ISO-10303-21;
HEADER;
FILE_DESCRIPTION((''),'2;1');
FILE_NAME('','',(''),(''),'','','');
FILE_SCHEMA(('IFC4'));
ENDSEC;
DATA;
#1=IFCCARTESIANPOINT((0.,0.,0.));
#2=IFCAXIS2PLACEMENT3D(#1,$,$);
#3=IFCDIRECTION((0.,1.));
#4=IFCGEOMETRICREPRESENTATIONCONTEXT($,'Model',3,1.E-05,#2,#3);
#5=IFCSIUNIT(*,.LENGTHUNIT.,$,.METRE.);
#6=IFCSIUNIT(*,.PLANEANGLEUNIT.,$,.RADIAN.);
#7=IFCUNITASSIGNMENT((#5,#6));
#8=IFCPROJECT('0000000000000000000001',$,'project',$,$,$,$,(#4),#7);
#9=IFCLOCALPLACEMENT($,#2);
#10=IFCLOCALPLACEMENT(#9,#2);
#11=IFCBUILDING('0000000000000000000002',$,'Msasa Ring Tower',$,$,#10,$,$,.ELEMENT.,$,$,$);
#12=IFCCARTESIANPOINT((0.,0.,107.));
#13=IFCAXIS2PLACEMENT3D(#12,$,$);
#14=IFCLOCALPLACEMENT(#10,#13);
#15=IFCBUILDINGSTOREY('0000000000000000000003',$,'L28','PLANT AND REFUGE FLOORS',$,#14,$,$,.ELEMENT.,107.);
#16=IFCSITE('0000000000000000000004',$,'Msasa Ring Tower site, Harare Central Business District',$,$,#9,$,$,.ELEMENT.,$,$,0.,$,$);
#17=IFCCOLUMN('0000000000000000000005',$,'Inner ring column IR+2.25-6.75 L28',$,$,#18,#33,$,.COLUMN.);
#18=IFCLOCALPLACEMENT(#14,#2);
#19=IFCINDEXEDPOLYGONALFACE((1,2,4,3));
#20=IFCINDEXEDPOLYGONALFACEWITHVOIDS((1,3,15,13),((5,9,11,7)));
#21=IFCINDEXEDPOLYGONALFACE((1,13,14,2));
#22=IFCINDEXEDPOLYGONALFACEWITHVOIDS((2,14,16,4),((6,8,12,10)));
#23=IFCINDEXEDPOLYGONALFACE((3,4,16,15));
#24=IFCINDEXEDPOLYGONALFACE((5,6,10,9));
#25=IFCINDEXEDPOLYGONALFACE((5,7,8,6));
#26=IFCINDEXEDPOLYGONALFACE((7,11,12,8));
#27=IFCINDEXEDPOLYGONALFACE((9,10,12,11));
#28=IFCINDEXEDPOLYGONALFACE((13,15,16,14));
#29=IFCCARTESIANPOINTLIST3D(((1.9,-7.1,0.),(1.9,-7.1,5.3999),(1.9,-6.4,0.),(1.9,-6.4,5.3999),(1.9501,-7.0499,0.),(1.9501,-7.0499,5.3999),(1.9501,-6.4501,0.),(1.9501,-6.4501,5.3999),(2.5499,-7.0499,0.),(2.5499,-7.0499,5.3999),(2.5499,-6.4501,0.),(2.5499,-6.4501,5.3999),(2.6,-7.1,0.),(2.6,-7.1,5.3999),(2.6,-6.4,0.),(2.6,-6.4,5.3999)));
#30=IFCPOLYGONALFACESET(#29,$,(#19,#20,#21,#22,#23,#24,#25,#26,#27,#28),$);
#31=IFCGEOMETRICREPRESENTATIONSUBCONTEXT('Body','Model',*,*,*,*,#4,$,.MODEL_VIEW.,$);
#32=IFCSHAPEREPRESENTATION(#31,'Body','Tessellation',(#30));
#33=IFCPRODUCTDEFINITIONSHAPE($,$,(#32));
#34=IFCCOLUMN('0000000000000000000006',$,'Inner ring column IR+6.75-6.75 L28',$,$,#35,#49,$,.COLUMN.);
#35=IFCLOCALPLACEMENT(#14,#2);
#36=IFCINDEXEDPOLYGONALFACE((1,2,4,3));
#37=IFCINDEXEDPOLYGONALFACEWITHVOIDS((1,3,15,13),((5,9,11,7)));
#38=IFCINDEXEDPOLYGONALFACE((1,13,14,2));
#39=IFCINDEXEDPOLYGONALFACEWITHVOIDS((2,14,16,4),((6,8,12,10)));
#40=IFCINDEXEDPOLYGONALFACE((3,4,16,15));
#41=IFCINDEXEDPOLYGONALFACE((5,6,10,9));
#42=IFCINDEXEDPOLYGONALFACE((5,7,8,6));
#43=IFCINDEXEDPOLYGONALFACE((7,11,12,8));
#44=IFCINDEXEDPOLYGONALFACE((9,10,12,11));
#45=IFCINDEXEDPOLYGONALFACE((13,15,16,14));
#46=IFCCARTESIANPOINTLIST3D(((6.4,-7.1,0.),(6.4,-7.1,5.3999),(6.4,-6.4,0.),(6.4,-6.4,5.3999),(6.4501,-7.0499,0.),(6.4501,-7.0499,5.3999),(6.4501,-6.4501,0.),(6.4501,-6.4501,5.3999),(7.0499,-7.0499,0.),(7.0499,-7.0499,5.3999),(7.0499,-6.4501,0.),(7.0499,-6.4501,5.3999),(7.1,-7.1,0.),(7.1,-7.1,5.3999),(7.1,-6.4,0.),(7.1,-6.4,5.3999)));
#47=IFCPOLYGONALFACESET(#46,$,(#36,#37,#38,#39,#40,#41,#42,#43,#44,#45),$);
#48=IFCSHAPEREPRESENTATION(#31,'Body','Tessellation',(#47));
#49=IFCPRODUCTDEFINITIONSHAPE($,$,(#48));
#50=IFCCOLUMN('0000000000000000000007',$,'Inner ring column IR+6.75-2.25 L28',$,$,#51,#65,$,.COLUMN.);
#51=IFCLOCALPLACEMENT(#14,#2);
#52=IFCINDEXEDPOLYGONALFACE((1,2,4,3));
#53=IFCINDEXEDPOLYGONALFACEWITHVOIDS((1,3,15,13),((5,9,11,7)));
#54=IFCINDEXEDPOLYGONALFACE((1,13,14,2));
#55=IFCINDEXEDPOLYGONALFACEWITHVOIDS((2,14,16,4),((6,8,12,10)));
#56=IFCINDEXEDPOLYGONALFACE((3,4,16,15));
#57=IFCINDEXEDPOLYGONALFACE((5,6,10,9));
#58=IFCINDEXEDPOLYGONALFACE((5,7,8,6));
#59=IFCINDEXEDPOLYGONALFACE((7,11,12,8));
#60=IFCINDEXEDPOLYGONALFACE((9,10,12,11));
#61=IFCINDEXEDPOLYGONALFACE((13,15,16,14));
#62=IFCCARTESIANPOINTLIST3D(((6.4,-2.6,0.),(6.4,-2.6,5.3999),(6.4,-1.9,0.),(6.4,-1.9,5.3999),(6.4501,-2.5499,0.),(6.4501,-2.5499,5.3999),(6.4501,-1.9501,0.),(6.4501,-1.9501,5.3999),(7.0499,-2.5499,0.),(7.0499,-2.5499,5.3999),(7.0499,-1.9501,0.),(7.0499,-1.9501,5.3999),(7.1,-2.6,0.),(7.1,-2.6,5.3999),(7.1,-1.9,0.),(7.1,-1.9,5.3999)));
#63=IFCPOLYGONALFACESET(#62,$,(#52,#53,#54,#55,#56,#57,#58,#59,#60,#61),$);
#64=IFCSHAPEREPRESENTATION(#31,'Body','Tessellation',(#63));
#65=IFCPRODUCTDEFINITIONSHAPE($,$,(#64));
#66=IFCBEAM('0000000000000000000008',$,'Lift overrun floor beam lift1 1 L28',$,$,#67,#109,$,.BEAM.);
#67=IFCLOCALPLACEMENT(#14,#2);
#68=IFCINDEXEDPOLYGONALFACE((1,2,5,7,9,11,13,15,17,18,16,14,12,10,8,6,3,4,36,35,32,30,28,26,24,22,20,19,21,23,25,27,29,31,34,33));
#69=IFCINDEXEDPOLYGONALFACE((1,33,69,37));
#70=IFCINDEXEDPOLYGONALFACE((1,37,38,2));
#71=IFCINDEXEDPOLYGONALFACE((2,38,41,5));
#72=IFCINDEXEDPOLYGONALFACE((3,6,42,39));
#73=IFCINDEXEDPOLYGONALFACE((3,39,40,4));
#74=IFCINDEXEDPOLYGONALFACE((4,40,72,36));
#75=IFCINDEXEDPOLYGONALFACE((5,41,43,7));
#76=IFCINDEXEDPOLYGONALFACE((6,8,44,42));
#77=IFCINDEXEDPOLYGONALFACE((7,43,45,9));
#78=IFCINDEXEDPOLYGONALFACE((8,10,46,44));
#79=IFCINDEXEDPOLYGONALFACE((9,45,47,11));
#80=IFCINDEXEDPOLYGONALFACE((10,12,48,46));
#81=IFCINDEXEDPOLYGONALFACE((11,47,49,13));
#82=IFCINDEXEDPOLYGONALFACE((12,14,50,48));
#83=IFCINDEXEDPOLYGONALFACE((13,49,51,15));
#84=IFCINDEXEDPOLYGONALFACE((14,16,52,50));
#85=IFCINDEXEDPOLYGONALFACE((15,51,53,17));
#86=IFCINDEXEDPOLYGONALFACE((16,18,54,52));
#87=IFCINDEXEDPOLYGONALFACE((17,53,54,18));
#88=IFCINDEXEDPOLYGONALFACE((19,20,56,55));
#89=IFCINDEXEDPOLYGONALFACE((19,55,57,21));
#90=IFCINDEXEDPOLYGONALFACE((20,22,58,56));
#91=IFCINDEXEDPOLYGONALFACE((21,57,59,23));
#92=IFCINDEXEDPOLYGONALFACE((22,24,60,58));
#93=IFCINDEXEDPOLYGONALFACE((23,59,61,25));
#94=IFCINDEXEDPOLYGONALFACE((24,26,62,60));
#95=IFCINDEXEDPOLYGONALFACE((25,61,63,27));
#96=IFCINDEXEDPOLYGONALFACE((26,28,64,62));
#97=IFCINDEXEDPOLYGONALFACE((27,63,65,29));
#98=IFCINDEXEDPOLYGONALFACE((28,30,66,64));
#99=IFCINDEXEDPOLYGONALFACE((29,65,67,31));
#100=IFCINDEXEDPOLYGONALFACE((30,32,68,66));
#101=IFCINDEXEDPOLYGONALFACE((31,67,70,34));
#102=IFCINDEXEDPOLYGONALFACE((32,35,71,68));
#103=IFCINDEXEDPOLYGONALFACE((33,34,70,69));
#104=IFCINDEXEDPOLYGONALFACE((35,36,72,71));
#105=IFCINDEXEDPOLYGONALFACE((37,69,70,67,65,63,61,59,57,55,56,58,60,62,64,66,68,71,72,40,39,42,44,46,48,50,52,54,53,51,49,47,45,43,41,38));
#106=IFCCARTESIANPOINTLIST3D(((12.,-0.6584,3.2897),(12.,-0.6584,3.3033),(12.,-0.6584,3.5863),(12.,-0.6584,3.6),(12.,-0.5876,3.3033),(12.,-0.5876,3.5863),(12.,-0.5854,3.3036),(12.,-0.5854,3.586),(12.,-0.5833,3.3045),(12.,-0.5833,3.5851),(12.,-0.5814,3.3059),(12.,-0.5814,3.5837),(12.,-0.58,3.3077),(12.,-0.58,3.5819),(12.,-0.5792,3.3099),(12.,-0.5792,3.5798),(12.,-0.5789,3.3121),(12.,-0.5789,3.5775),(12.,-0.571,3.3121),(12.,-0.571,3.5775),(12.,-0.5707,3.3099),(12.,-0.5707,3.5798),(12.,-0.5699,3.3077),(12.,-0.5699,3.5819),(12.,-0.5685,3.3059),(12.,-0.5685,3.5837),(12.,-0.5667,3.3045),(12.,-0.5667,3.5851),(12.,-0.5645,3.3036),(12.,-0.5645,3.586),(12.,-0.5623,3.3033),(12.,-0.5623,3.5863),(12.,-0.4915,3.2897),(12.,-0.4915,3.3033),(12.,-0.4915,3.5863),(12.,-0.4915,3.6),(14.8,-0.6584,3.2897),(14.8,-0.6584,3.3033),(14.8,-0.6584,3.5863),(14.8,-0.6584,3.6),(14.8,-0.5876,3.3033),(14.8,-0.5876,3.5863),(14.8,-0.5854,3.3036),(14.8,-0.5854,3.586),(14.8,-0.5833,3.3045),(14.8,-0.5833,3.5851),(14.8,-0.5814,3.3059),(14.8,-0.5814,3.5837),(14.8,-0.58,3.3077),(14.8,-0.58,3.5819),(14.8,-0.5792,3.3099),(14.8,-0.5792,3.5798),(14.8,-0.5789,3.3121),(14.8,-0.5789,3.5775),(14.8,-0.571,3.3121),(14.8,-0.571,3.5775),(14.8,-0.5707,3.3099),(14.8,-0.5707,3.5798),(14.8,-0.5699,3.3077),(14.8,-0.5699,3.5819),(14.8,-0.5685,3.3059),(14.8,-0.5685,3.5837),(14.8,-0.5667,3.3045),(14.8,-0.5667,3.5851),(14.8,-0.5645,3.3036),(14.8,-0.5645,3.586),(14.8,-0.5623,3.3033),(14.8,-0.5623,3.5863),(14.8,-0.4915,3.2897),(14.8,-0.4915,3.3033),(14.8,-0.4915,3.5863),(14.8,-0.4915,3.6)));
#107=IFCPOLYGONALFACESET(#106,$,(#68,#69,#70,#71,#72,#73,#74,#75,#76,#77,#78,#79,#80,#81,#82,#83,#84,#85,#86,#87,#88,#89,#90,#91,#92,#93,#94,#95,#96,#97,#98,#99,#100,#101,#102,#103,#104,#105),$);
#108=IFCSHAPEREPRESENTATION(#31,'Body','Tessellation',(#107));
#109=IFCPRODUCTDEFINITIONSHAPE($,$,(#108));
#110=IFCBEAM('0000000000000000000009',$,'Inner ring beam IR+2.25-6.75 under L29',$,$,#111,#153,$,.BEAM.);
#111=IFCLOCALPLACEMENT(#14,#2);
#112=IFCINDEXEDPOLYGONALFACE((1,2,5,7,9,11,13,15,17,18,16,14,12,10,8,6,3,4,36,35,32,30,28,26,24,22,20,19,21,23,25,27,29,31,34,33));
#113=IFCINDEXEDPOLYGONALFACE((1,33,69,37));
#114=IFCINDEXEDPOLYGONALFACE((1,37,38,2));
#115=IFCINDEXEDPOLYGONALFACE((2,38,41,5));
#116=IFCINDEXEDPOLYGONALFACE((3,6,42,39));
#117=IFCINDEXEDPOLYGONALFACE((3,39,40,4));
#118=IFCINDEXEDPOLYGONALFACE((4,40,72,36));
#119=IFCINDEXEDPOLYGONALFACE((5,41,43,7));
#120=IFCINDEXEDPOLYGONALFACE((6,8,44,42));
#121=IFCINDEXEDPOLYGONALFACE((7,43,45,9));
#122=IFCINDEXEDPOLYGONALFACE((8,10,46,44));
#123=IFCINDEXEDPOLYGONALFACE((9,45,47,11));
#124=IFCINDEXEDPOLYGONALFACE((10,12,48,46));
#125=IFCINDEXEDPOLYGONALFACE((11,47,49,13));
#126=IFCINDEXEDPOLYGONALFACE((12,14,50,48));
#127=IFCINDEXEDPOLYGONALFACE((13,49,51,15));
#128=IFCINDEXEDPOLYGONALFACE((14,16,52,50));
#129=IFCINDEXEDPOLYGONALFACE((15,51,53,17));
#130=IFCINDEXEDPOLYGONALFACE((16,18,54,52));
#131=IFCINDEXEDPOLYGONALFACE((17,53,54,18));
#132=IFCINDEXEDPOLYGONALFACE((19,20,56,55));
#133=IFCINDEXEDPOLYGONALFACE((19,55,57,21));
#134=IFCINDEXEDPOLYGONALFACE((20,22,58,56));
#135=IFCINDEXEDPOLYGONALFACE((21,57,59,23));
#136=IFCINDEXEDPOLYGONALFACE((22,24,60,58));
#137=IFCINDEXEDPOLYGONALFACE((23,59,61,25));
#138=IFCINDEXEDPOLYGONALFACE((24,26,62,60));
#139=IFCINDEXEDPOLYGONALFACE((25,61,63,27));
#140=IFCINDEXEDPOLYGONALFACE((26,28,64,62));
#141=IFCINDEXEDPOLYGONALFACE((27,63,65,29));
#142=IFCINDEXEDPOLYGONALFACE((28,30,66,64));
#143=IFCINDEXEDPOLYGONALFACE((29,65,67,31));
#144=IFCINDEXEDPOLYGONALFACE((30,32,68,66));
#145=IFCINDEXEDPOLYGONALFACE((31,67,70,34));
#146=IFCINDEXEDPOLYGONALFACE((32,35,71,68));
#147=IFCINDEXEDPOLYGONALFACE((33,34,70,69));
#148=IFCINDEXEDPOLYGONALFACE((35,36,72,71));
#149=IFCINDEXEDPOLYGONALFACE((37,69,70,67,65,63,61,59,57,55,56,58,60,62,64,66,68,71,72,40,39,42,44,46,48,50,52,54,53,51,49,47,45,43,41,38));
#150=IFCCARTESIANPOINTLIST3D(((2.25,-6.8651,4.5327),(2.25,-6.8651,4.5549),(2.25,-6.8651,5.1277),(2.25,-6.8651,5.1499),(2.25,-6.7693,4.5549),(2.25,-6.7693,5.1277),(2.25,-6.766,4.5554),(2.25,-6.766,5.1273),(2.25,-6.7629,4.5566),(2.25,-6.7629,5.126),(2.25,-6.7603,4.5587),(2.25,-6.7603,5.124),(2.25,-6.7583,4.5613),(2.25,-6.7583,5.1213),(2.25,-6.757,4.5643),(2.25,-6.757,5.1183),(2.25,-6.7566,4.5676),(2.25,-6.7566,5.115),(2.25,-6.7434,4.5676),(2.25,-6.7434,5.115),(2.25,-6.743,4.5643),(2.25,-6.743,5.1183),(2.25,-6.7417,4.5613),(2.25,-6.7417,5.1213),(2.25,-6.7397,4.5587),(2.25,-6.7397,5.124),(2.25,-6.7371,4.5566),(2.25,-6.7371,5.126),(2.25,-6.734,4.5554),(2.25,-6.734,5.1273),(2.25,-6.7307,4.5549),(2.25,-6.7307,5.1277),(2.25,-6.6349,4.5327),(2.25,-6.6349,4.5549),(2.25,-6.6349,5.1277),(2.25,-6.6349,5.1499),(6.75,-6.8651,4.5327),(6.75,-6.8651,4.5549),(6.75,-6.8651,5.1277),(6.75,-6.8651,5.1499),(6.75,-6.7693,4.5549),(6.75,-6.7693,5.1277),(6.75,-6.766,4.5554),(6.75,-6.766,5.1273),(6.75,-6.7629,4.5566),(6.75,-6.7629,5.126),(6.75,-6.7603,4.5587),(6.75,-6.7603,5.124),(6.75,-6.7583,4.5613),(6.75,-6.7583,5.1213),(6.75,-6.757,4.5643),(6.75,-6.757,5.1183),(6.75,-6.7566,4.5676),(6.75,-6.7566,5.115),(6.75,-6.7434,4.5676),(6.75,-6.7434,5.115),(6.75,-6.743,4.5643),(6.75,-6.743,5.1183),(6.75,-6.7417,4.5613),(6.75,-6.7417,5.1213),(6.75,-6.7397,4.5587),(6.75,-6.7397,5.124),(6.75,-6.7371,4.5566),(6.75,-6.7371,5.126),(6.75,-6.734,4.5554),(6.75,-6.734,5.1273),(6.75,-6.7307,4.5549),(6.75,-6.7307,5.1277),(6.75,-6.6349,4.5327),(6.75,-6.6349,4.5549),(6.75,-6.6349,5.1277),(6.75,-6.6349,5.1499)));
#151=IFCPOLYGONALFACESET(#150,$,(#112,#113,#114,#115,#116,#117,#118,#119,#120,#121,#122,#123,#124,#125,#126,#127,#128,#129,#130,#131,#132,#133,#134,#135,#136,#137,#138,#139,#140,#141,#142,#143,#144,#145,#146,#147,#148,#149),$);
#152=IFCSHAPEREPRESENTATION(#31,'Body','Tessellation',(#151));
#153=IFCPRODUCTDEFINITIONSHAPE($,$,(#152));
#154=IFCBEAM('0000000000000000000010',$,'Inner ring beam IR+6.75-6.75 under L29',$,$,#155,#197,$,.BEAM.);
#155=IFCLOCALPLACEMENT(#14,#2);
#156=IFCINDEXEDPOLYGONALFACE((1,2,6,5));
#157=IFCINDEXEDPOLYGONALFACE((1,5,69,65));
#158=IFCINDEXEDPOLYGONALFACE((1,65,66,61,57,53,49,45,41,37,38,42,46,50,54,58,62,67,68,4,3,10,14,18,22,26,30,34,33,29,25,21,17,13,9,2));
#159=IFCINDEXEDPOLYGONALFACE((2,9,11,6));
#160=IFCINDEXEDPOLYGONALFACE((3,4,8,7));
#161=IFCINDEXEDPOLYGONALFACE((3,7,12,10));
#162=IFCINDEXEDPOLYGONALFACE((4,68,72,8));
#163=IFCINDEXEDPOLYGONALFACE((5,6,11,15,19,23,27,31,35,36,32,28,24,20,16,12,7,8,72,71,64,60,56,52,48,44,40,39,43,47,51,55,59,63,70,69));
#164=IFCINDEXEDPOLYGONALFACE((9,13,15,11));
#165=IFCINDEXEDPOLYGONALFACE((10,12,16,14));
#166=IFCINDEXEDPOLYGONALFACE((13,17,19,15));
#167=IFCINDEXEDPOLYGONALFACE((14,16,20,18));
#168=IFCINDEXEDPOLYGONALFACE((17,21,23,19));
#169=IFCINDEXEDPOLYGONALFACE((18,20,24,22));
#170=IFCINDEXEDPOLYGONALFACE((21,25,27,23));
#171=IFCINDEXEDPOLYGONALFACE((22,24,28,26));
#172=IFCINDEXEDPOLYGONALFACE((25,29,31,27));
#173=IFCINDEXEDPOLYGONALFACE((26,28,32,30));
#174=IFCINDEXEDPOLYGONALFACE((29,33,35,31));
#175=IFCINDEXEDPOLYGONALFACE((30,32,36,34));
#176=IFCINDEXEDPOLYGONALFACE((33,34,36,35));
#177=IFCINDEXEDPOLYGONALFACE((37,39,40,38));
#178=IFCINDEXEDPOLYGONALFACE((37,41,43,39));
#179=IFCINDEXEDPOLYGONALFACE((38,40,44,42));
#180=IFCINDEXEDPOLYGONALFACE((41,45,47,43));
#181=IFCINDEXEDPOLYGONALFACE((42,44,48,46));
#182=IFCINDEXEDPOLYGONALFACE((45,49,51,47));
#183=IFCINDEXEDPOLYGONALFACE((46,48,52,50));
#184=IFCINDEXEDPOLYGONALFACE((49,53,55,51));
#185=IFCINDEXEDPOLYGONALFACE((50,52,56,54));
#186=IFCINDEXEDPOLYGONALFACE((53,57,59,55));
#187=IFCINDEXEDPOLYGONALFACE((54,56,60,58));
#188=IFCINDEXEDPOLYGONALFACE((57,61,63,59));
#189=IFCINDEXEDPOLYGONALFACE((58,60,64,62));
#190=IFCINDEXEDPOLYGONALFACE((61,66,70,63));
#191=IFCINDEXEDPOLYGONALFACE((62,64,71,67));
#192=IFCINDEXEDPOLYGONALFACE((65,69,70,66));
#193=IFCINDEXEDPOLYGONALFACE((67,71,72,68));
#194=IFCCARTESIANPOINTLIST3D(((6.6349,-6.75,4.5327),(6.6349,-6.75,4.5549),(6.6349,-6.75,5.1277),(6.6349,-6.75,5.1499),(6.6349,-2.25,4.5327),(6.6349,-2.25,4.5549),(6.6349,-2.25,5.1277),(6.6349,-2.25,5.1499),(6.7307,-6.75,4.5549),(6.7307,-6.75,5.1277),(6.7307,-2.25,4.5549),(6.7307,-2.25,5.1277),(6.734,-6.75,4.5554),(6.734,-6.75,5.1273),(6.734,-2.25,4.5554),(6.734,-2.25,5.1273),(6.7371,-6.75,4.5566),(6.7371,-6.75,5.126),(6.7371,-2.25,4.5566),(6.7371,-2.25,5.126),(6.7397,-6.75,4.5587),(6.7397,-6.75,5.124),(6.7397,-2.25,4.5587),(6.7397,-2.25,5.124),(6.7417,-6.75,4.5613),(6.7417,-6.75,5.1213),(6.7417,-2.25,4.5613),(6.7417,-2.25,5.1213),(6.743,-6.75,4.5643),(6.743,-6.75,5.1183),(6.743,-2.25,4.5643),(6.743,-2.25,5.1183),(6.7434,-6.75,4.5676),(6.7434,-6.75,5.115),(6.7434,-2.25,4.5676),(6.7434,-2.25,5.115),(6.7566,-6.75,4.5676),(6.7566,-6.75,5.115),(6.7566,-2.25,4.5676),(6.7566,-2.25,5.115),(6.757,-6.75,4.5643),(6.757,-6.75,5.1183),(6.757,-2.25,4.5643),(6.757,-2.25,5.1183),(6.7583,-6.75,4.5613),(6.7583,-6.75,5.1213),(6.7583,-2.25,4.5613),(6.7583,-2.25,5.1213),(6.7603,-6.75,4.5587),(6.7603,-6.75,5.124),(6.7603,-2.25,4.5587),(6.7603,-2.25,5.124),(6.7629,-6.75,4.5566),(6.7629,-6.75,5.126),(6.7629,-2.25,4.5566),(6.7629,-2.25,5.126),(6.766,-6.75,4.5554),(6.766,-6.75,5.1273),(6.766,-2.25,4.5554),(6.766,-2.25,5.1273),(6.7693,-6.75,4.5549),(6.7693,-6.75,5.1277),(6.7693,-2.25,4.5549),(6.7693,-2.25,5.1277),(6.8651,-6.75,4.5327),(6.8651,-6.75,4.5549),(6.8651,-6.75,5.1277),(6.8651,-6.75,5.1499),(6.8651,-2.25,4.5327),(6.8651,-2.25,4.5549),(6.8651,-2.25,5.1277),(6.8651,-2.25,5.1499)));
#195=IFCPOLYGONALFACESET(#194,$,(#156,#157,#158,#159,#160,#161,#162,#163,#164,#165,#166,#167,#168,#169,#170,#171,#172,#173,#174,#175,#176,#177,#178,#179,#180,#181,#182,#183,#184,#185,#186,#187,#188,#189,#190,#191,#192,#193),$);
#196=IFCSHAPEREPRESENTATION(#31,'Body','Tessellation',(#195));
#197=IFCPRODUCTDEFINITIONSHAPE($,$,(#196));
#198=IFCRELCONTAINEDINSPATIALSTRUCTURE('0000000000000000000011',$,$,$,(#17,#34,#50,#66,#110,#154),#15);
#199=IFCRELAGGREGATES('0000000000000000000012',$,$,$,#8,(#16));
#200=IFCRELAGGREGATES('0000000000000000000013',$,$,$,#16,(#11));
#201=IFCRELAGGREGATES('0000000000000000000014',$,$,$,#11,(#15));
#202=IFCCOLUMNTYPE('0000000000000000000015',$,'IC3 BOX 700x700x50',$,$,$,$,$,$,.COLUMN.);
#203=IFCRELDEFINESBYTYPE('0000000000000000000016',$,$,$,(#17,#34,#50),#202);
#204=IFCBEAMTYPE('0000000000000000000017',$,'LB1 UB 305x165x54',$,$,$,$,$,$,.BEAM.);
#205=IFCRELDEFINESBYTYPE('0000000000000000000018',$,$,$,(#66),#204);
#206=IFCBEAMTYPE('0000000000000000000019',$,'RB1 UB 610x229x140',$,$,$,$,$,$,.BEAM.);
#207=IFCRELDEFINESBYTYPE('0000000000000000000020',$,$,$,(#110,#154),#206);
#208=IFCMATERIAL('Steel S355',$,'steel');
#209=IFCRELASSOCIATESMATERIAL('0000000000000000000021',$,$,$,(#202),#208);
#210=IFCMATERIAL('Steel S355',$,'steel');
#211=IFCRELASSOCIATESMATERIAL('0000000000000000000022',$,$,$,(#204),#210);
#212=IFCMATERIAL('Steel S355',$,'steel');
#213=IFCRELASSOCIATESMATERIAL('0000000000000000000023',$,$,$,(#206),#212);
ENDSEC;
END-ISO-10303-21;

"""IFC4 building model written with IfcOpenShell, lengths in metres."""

from ifc_helpers import new_model, si_unit, direction, frame, origin, origin_2d, place, context, subcontext, project, spatial, hollow_rectangle, i_section, extrude, material, material_profile, profile_set, type_object, element, save


model = new_model("IFC4")

# Units and contexts
model_context = context("Model", 3, precision=1e-05, world=origin(), true_north=direction((0.0, 1.0)))
body_context = subcontext(model_context, "Body", "Model", "MODEL_VIEW")
ifc_project = project(units=[si_unit("LENGTHUNIT", "METRE"), si_unit("PLANEANGLEUNIT", "RADIAN")], contexts=[model_context])

# Site, building, storey
site_placement = place(None, origin())
site = spatial("IfcSite", under=ifc_project, at=site_placement, Name="Msasa Ring Tower site, Harare Central Business District", CompositionType="ELEMENT", RefElevation=0.0)
building_placement = place(site_placement, origin())
building = spatial("IfcBuilding", under=site, at=building_placement, Name="Msasa Ring Tower", CompositionType="ELEMENT")
storey_placement = place(building_placement, frame((0.0, 0.0, 107.0)))
storey = spatial("IfcBuildingStorey", under=building, at=storey_placement, Name="L28", Description="PLANT AND REFUGE FLOORS", CompositionType="ELEMENT", Elevation=107.0)

# Columns
ifc_material_1 = material(Name="Steel S355", Category="steel")
ifc_material_profile_1 = material_profile(ifc_material_1, hollow_rectangle(XDim=0.7, YDim=0.7, WallThickness=0.05, at=origin_2d()), Name="BOX 700x700x50")
ifc_profile_set_1 = profile_set([ifc_material_profile_1], Name="Steel S355")
column_type = type_object("IfcColumnType", Name="IC3 BOX 700x700x50", PredefinedType="COLUMN", material=ifc_profile_set_1)
for number, where, z_axis, x_axis, name in (
    (1, (2.25, -6.75, 0.0), (0.0, 0.0, 1.0), (1.0, 0.0, 0.0), "Inner ring column IR+2.25-6.75 L28"),
    (2, (6.75, -6.75, 0.0), (0.0, 0.0, 1.0), (1.0, 0.0, 0.0), "Inner ring column IR+6.75-6.75 L28"),
    (3, (6.75, -2.25, 0.0), (0.0, 0.0, 1.0), (1.0, 0.0, 0.0), "Inner ring column IR+6.75-2.25 L28"),
):
    element("IfcColumn", number, at=place(storey_placement, frame(where, z_axis=z_axis, x_axis=x_axis)), inside=storey, type_object=column_type, Name=name, PredefinedType="COLUMN", context=body_context, shape_type="SweptSolid", body=[
        extrude(hollow_rectangle(XDim=0.7, YDim=0.7, WallThickness=0.05, at=origin_2d()), origin(), (0.0, 0.0, 1.0), 5.3999),
    ])

# Beams
ifc_material_2 = material(Name="Steel S355", Category="steel")
ifc_material_profile_2 = material_profile(ifc_material_2, i_section(OverallWidth=0.167, OverallDepth=0.3103, WebThickness=0.0078, FlangeThickness=0.0137, FilletRadius=0.0088, at=origin_2d()), Name="UB 305x165x54")
ifc_profile_set_2 = profile_set([ifc_material_profile_2], Name="Steel S355")
beam_type_1 = type_object("IfcBeamType", Name="LB1 UB 305x165x54", PredefinedType="BEAM", material=ifc_profile_set_2)
beam_placement = place(storey_placement, frame((12.0, -0.575, 3.4448), z_axis=(1.0, 0.0, 0.0), x_axis=(0.0, 1.0, 0.0)))
element("IfcBeam", 4, at=beam_placement, inside=storey, type_object=beam_type_1, Name="Lift overrun floor beam lift1 1 L28", PredefinedType="BEAM", context=body_context, shape_type="SweptSolid", body=[
    extrude(i_section(OverallWidth=0.167, OverallDepth=0.3103, WebThickness=0.0078, FlangeThickness=0.0137, FilletRadius=0.0088, at=origin_2d()), origin(), (0.0, 0.0, 1.0), 2.8),
])
ifc_material_3 = material(Name="Steel S355", Category="steel")
ifc_material_profile_3 = material_profile(ifc_material_3, i_section(OverallWidth=0.2302, OverallDepth=0.6172, WebThickness=0.0132, FlangeThickness=0.0222, FilletRadius=0.0127, at=origin_2d()), Name="UB 610x229x140")
ifc_profile_set_3 = profile_set([ifc_material_profile_3], Name="Steel S355")
beam_type_2 = type_object("IfcBeamType", Name="RB1 UB 610x229x140", PredefinedType="BEAM", material=ifc_profile_set_3)
for number, where, z_axis, x_axis, name in (
    (5, (2.25, -6.75, 4.8413), (1.0, 0.0, 0.0), (0.0, 1.0, 0.0), "Inner ring beam IR+2.25-6.75 under L29"),
    (6, (6.75, -6.75, 4.8413), (0.0, 1.0, 0.0), (-1.0, 0.0, 0.0), "Inner ring beam IR+6.75-6.75 under L29"),
):
    element("IfcBeam", number, at=place(storey_placement, frame(where, z_axis=z_axis, x_axis=x_axis)), inside=storey, type_object=beam_type_2, Name=name, PredefinedType="BEAM", context=body_context, shape_type="SweptSolid", body=[
        extrude(i_section(OverallWidth=0.2302, OverallDepth=0.6172, WebThickness=0.0132, FlangeThickness=0.0222, FilletRadius=0.0127, at=origin_2d()), origin(), (0.0, 0.0, 1.0), 4.5),
    ])

save(model, "model.ifc")
